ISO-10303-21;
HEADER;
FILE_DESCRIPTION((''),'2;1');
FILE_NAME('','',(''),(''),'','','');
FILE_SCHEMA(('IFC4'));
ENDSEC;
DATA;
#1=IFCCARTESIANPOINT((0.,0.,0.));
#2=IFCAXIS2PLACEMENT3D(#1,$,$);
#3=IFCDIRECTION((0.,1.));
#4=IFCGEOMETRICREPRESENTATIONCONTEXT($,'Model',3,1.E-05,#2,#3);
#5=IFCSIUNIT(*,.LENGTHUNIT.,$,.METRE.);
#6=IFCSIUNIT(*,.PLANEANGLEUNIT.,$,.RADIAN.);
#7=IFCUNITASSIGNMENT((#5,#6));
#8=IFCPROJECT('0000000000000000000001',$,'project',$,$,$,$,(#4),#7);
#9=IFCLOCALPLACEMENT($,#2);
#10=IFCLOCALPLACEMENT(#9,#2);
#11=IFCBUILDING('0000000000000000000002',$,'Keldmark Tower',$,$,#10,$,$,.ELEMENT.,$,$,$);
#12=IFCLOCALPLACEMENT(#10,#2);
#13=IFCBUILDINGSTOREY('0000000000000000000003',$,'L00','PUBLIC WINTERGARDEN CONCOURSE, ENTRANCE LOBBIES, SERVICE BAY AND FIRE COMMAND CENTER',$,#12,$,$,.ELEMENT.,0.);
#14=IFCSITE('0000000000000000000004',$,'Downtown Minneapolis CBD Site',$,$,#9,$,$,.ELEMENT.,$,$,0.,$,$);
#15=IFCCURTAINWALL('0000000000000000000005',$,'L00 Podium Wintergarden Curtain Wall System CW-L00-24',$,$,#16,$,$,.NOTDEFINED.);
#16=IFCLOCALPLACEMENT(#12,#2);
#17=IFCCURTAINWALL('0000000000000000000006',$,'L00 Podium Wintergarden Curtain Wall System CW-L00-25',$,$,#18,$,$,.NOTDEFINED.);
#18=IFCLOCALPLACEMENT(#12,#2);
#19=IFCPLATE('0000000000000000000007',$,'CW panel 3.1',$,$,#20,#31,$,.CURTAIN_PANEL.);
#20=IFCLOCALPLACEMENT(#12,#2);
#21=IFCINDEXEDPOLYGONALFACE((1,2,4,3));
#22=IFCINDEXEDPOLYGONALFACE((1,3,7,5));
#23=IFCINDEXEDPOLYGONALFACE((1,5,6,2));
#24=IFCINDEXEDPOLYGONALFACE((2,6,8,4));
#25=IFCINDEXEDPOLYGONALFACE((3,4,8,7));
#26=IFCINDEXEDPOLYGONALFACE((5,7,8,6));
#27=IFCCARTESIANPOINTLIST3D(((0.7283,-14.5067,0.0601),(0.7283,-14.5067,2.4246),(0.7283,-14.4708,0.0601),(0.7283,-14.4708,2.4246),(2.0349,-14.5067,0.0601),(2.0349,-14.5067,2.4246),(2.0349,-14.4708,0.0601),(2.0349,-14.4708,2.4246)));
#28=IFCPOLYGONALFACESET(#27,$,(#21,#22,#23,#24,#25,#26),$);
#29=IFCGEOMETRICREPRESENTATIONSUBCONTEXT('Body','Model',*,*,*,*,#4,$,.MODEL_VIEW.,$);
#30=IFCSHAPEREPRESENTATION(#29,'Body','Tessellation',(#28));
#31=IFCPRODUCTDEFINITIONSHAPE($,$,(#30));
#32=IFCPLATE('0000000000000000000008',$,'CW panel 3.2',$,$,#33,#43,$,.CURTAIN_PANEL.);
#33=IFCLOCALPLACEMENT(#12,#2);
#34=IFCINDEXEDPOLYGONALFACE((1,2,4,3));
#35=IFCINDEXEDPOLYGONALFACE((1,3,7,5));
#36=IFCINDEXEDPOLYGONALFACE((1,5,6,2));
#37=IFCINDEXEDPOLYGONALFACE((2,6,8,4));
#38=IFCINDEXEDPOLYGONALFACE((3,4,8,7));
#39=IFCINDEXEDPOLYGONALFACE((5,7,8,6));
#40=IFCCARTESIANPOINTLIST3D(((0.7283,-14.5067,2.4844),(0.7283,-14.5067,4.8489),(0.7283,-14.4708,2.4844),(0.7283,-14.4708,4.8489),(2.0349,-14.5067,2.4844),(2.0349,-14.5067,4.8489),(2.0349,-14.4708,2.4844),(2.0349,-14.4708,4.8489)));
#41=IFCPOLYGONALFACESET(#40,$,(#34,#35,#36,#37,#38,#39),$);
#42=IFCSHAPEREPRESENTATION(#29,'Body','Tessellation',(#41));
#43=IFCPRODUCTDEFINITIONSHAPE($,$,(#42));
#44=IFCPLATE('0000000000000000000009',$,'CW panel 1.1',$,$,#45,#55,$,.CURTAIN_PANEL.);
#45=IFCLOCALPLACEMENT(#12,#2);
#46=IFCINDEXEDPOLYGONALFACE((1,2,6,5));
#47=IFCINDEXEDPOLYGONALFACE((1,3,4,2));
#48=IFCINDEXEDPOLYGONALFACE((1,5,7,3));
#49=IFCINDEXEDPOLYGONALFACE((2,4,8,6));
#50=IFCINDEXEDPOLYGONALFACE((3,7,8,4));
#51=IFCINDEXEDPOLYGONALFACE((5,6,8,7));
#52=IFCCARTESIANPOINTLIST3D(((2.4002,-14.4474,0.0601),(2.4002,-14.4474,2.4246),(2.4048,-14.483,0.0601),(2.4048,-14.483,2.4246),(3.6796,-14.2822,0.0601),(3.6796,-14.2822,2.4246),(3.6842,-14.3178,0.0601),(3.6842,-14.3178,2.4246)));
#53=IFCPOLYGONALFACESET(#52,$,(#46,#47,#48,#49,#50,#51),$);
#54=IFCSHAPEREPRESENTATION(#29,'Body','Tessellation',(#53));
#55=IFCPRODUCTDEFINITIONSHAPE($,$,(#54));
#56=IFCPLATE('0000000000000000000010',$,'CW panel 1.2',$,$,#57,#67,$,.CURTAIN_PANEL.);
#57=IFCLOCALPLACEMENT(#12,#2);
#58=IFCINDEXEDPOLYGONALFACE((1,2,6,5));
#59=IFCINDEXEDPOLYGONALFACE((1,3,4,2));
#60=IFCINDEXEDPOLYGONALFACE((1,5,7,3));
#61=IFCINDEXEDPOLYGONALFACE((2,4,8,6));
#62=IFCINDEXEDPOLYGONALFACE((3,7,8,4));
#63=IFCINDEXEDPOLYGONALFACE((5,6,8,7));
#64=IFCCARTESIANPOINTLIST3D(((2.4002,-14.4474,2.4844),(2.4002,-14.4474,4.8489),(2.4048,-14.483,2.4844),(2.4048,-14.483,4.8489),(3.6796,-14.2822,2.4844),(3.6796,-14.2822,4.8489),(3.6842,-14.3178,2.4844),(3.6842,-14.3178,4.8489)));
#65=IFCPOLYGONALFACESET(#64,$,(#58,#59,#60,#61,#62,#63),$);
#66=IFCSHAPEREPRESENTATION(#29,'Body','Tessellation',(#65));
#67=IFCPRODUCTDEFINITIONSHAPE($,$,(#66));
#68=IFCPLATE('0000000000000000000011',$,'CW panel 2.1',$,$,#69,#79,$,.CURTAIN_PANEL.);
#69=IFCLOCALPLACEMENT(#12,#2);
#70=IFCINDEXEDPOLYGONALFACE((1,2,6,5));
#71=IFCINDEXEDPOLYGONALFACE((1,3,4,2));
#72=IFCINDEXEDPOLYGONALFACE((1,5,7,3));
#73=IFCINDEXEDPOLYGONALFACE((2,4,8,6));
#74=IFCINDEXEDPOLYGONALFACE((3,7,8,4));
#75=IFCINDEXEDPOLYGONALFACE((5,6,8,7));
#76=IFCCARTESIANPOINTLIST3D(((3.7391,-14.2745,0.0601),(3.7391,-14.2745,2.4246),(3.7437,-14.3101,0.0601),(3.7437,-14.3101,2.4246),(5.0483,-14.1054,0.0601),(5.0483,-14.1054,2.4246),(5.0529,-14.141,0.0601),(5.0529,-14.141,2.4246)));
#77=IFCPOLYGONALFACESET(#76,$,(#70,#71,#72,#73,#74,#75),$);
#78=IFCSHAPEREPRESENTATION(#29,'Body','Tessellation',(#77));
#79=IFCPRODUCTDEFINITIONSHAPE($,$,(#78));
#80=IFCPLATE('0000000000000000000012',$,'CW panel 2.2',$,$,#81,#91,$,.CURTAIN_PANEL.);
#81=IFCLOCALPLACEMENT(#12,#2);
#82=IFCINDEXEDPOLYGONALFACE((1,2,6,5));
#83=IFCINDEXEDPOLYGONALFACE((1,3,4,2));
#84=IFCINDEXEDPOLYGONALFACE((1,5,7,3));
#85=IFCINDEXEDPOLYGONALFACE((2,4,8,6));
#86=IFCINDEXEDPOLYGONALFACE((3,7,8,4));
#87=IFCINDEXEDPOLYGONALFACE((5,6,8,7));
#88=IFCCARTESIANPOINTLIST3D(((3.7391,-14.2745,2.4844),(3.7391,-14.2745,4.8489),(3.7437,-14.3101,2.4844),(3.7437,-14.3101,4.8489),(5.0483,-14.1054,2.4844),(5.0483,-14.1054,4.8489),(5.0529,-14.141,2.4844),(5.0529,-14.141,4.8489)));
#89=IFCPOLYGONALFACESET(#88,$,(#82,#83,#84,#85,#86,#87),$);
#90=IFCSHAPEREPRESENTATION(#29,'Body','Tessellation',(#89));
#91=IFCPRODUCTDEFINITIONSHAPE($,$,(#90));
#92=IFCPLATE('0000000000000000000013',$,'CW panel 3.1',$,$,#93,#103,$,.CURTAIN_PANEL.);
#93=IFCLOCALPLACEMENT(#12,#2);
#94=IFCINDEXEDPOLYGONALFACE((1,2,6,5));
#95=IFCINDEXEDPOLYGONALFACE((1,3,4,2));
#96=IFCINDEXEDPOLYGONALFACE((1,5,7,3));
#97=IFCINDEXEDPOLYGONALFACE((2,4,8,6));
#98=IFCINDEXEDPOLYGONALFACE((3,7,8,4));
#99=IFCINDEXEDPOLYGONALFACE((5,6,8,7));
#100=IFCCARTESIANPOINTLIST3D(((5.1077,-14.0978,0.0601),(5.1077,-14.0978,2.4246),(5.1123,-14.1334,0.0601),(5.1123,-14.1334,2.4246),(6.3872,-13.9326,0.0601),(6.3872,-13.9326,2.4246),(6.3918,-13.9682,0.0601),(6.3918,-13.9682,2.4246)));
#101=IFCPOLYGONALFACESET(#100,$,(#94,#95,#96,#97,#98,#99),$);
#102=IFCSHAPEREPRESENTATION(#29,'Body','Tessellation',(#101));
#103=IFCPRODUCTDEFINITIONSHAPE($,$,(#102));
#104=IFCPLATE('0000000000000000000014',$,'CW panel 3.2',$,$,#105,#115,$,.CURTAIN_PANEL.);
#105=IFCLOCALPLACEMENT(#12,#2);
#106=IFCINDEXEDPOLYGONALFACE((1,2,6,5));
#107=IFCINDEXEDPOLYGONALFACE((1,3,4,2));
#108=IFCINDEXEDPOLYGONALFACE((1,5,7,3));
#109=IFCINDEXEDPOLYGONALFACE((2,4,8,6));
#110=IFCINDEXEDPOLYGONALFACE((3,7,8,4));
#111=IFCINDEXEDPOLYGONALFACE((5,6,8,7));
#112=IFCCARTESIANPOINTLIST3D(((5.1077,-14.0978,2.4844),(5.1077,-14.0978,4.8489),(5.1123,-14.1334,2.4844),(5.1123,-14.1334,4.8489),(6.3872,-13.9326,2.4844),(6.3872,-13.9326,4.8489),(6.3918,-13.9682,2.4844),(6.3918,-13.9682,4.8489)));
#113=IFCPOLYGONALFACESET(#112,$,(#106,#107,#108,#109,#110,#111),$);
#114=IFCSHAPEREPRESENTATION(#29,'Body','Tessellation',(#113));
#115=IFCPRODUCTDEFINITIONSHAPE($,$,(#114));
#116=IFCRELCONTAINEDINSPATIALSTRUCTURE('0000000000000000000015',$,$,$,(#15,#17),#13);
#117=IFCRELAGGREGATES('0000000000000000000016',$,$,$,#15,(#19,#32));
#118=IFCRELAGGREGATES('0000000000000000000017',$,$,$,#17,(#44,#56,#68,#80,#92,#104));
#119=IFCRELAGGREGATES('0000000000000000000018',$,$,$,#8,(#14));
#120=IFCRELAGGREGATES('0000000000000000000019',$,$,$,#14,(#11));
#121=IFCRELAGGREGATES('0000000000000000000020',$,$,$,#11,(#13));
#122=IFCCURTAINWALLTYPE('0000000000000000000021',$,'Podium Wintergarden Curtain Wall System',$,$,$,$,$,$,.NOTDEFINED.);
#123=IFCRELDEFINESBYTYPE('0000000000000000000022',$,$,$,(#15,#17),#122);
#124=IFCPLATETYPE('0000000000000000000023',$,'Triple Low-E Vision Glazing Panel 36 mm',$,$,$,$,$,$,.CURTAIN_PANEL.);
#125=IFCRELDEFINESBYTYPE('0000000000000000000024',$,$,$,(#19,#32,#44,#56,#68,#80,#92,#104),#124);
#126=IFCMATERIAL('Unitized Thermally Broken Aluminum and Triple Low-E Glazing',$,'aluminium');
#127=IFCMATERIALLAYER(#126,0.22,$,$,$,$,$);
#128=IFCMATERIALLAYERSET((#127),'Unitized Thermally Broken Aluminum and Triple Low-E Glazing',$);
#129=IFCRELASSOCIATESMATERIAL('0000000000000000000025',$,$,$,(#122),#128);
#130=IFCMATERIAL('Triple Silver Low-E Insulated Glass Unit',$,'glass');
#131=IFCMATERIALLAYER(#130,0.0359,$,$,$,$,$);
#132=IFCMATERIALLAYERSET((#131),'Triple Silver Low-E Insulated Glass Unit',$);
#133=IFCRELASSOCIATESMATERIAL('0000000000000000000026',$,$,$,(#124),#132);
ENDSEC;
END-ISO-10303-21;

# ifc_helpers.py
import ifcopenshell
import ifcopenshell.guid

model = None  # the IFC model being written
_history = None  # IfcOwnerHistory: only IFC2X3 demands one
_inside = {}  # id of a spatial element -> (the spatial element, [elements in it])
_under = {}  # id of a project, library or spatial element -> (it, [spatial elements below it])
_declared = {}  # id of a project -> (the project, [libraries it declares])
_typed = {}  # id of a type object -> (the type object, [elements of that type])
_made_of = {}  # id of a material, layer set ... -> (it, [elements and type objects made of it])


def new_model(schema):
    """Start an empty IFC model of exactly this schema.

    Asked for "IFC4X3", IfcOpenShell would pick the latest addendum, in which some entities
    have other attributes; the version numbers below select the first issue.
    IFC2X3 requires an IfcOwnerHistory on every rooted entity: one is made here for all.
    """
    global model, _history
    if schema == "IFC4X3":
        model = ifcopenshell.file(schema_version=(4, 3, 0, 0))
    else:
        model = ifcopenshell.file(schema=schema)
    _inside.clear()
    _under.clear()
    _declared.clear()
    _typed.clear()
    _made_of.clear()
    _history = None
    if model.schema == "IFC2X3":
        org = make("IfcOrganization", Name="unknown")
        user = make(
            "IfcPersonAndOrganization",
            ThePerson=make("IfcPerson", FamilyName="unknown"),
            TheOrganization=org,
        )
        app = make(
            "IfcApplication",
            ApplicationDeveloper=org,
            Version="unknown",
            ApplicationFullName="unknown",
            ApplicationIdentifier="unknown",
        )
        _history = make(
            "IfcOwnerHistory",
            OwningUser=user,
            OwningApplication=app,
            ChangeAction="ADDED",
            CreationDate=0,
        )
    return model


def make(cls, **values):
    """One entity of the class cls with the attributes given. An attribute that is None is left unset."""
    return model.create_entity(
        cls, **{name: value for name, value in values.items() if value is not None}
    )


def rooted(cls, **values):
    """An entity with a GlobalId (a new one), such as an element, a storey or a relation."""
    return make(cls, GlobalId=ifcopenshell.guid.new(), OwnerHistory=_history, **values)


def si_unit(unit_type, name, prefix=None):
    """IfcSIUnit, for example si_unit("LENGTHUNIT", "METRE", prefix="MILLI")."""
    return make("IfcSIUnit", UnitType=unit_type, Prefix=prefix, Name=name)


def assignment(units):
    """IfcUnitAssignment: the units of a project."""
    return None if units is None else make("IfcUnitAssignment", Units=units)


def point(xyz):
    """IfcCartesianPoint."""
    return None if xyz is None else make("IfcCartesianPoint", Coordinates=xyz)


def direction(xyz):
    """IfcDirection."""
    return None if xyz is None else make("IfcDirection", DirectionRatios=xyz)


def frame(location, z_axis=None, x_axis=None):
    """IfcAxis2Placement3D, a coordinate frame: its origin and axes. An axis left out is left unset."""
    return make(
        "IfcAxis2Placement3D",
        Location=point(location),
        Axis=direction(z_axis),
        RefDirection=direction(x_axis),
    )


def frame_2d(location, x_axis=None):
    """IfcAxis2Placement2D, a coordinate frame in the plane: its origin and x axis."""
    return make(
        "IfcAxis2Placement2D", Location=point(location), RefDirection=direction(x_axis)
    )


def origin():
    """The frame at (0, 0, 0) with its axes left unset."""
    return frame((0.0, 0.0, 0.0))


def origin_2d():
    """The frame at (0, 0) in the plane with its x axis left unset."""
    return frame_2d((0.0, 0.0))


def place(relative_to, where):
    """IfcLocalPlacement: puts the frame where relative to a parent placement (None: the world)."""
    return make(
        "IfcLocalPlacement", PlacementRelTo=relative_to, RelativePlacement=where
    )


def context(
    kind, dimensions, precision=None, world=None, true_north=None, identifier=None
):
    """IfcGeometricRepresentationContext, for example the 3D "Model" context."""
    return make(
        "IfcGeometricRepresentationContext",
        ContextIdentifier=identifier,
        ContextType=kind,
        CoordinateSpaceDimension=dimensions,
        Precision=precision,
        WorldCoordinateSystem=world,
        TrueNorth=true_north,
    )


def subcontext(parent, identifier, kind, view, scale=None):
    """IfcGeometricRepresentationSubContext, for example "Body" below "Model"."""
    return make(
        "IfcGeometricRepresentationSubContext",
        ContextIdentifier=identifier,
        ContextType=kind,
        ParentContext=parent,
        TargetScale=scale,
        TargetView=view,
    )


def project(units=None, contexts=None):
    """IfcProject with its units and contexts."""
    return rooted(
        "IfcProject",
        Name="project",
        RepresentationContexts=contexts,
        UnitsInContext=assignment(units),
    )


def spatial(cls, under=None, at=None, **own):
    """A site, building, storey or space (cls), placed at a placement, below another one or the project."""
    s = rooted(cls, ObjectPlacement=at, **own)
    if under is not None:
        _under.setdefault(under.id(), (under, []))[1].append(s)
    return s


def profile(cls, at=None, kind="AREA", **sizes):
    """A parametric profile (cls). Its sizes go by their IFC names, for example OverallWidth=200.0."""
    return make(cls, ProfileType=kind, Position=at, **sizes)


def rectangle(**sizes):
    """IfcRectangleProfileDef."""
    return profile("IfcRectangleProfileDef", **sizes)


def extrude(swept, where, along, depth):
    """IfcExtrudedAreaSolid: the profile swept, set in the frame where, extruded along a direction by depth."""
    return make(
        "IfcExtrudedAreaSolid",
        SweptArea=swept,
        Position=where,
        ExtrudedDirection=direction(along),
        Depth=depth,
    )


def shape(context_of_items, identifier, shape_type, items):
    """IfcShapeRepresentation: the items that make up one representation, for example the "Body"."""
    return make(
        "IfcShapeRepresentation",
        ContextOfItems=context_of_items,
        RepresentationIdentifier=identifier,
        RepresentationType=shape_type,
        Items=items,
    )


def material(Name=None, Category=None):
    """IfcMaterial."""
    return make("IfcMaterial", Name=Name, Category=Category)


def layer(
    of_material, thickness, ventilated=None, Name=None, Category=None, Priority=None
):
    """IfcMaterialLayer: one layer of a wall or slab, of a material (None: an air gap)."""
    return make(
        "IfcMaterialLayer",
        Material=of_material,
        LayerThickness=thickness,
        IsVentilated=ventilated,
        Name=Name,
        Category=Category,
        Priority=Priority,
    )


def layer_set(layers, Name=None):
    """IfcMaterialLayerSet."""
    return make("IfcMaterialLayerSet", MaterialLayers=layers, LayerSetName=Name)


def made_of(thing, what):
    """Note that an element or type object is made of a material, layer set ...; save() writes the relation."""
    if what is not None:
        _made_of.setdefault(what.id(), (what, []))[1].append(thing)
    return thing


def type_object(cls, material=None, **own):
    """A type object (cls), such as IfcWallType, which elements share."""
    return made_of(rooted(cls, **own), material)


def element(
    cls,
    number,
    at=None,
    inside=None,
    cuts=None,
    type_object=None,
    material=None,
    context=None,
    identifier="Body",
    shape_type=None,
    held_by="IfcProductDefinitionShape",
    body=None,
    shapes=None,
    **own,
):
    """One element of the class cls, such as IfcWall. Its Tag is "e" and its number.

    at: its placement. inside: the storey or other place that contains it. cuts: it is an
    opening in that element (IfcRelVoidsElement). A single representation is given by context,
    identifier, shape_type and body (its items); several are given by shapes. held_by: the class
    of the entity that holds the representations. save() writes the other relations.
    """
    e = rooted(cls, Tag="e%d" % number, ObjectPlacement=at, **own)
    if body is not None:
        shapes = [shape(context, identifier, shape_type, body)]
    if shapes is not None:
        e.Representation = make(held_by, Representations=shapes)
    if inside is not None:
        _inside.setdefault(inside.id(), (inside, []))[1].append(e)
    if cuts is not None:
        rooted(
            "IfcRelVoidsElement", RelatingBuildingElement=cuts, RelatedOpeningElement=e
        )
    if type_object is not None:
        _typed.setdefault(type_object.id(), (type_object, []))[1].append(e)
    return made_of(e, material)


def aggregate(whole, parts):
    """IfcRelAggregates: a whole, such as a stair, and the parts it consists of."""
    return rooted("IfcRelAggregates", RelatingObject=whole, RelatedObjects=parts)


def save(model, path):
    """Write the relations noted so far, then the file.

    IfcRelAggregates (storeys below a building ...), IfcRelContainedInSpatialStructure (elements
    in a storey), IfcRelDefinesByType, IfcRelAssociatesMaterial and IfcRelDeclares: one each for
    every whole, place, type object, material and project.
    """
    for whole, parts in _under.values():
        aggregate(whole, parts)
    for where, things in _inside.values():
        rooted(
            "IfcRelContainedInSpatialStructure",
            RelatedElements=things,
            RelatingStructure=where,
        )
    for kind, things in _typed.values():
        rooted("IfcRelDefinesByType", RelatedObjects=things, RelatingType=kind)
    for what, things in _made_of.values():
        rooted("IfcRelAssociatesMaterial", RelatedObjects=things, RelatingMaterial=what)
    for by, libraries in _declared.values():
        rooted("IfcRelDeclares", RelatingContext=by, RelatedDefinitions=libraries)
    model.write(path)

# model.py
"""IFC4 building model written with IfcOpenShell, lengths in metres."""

from ifc_helpers import new_model, si_unit, direction, frame, origin, origin_2d, place, context, subcontext, project, spatial, rectangle, extrude, material, layer, layer_set, type_object, element, aggregate, save


model = new_model("IFC4")

# Units and contexts
model_context = context("Model", 3, precision=1e-05, world=origin(), true_north=direction((0.0, 1.0)))
body_context = subcontext(model_context, "Body", "Model", "MODEL_VIEW")
ifc_project = project(units=[si_unit("LENGTHUNIT", "METRE"), si_unit("PLANEANGLEUNIT", "RADIAN")], contexts=[model_context])

# Site, building, storey
site_placement = place(None, origin())
site = spatial("IfcSite", under=ifc_project, at=site_placement, Name="Downtown Minneapolis CBD Site", CompositionType="ELEMENT", RefElevation=0.0)
building_placement = place(site_placement, origin())
building = spatial("IfcBuilding", under=site, at=building_placement, Name="Keldmark Tower", CompositionType="ELEMENT")
storey_placement = place(building_placement, origin())
storey = spatial("IfcBuildingStorey", under=building, at=storey_placement, Name="L00", Description="PUBLIC WINTERGARDEN CONCOURSE, ENTRANCE LOBBIES, SERVICE BAY AND FIRE COMMAND CENTER", CompositionType="ELEMENT", Elevation=0.0)

# Curtain walls
ifc_material_1 = material(Name="Unitized Thermally Broken Aluminum and Triple Low-E Glazing", Category="aluminium")
ifc_layer_1 = layer(ifc_material_1, 0.22)
ifc_layer_set_1 = layer_set([ifc_layer_1], Name="Unitized Thermally Broken Aluminum and Triple Low-E Glazing")
curtain_wall_type = type_object("IfcCurtainWallType", Name="Podium Wintergarden Curtain Wall System", PredefinedType="NOTDEFINED", material=ifc_layer_set_1)
curtain_wall_1_placement = place(storey_placement, origin())
curtain_wall_1 = element("IfcCurtainWall", 1, at=curtain_wall_1_placement, inside=storey, type_object=curtain_wall_type, Name="L00 Podium Wintergarden Curtain Wall System CW-L00-24", PredefinedType="NOTDEFINED")
curtain_wall_2_placement = place(storey_placement, origin())
curtain_wall_2 = element("IfcCurtainWall", 2, at=curtain_wall_2_placement, inside=storey, type_object=curtain_wall_type, Name="L00 Podium Wintergarden Curtain Wall System CW-L00-25", PredefinedType="NOTDEFINED")

# Plates
ifc_material_2 = material(Name="Triple Silver Low-E Insulated Glass Unit", Category="glass")
ifc_layer_2 = layer(ifc_material_2, 0.0359)
ifc_layer_set_2 = layer_set([ifc_layer_2], Name="Triple Silver Low-E Insulated Glass Unit")
plate_type = type_object("IfcPlateType", Name="Triple Low-E Vision Glazing Panel 36 mm", PredefinedType="CURTAIN_PANEL", material=ifc_layer_set_2)
plate_1_placement = place(storey_placement, frame((1.3816, -14.4888, 0.0601), z_axis=(0.0, 0.0, 1.0), x_axis=(1.0, 0.0, 0.0)))
plate_1 = element("IfcPlate", 3, at=plate_1_placement, type_object=plate_type, Name="CW panel 3.1", PredefinedType="CURTAIN_PANEL", context=body_context, shape_type="SweptSolid", body=[
    extrude(rectangle(XDim=1.3066, YDim=0.0359, at=origin_2d()), origin(), (0.0, 0.0, 1.0), 2.3645),
])
plate_2_placement = place(storey_placement, frame((1.3816, -14.4888, 2.4844), z_axis=(0.0, 0.0, 1.0), x_axis=(1.0, 0.0, 0.0)))
plate_2 = element("IfcPlate", 4, at=plate_2_placement, type_object=plate_type, Name="CW panel 3.2", PredefinedType="CURTAIN_PANEL", context=body_context, shape_type="SweptSolid", body=[
    extrude(rectangle(XDim=1.3066, YDim=0.0359, at=origin_2d()), origin(), (0.0, 0.0, 1.0), 2.3645),
])
aggregate(curtain_wall_1, [plate_1, plate_2])
plate_3_placement = place(storey_placement, frame((3.0422, -14.3826, 0.0601), z_axis=(0.0, 0.0, 1.0), x_axis=(0.991766, 0.128062, 0.0)))
plate_3 = element("IfcPlate", 5, at=plate_3_placement, type_object=plate_type, Name="CW panel 1.1", PredefinedType="CURTAIN_PANEL", context=body_context, shape_type="SweptSolid", body=[
    extrude(rectangle(XDim=1.29, YDim=0.0359, at=origin_2d()), origin(), (0.0, 0.0, 1.0), 2.3645),
])
plate_4_placement = place(storey_placement, frame((3.0422, -14.3826, 2.4844), z_axis=(0.0, 0.0, 1.0), x_axis=(0.991766, 0.128062, 0.0)))
plate_4 = element("IfcPlate", 6, at=plate_4_placement, type_object=plate_type, Name="CW panel 1.2", PredefinedType="CURTAIN_PANEL", context=body_context, shape_type="SweptSolid", body=[
    extrude(rectangle(XDim=1.29, YDim=0.0359, at=origin_2d()), origin(), (0.0, 0.0, 1.0), 2.3645),
])
plate_5_placement = place(storey_placement, frame((4.396, -14.2078, 0.0601), z_axis=(0.0, 0.0, 1.0), x_axis=(0.991766, 0.128062, 0.0)))
plate_5 = element("IfcPlate", 7, at=plate_5_placement, type_object=plate_type, Name="CW panel 2.1", PredefinedType="CURTAIN_PANEL", context=body_context, shape_type="SweptSolid", body=[
    extrude(rectangle(XDim=1.3201, YDim=0.0359, at=origin_2d()), origin(), (0.0, 0.0, 1.0), 2.3645),
])
plate_6_placement = place(storey_placement, frame((4.396, -14.2078, 2.4844), z_axis=(0.0, 0.0, 1.0), x_axis=(0.991766, 0.128062, 0.0)))
plate_6 = element("IfcPlate", 8, at=plate_6_placement, type_object=plate_type, Name="CW panel 2.2", PredefinedType="CURTAIN_PANEL", context=body_context, shape_type="SweptSolid", body=[
    extrude(rectangle(XDim=1.3201, YDim=0.0359, at=origin_2d()), origin(), (0.0, 0.0, 1.0), 2.3645),
])
plate_7_placement = place(storey_placement, frame((5.7498, -14.033, 0.0601), z_axis=(0.0, 0.0, 1.0), x_axis=(0.991766, 0.128062, 0.0)))
plate_7 = element("IfcPlate", 9, at=plate_7_placement, type_object=plate_type, Name="CW panel 3.1", PredefinedType="CURTAIN_PANEL", context=body_context, shape_type="SweptSolid", body=[
    extrude(rectangle(XDim=1.29, YDim=0.0359, at=origin_2d()), origin(), (0.0, 0.0, 1.0), 2.3645),
])
plate_8_placement = place(storey_placement, frame((5.7498, -14.033, 2.4844), z_axis=(0.0, 0.0, 1.0), x_axis=(0.991766, 0.128062, 0.0)))
plate_8 = element("IfcPlate", 10, at=plate_8_placement, type_object=plate_type, Name="CW panel 3.2", PredefinedType="CURTAIN_PANEL", context=body_context, shape_type="SweptSolid", body=[
    extrude(rectangle(XDim=1.29, YDim=0.0359, at=origin_2d()), origin(), (0.0, 0.0, 1.0), 2.3645),
])
aggregate(curtain_wall_2, [plate_3, plate_4, plate_5, plate_6, plate_7, plate_8])

save(model, "model.ifc")
